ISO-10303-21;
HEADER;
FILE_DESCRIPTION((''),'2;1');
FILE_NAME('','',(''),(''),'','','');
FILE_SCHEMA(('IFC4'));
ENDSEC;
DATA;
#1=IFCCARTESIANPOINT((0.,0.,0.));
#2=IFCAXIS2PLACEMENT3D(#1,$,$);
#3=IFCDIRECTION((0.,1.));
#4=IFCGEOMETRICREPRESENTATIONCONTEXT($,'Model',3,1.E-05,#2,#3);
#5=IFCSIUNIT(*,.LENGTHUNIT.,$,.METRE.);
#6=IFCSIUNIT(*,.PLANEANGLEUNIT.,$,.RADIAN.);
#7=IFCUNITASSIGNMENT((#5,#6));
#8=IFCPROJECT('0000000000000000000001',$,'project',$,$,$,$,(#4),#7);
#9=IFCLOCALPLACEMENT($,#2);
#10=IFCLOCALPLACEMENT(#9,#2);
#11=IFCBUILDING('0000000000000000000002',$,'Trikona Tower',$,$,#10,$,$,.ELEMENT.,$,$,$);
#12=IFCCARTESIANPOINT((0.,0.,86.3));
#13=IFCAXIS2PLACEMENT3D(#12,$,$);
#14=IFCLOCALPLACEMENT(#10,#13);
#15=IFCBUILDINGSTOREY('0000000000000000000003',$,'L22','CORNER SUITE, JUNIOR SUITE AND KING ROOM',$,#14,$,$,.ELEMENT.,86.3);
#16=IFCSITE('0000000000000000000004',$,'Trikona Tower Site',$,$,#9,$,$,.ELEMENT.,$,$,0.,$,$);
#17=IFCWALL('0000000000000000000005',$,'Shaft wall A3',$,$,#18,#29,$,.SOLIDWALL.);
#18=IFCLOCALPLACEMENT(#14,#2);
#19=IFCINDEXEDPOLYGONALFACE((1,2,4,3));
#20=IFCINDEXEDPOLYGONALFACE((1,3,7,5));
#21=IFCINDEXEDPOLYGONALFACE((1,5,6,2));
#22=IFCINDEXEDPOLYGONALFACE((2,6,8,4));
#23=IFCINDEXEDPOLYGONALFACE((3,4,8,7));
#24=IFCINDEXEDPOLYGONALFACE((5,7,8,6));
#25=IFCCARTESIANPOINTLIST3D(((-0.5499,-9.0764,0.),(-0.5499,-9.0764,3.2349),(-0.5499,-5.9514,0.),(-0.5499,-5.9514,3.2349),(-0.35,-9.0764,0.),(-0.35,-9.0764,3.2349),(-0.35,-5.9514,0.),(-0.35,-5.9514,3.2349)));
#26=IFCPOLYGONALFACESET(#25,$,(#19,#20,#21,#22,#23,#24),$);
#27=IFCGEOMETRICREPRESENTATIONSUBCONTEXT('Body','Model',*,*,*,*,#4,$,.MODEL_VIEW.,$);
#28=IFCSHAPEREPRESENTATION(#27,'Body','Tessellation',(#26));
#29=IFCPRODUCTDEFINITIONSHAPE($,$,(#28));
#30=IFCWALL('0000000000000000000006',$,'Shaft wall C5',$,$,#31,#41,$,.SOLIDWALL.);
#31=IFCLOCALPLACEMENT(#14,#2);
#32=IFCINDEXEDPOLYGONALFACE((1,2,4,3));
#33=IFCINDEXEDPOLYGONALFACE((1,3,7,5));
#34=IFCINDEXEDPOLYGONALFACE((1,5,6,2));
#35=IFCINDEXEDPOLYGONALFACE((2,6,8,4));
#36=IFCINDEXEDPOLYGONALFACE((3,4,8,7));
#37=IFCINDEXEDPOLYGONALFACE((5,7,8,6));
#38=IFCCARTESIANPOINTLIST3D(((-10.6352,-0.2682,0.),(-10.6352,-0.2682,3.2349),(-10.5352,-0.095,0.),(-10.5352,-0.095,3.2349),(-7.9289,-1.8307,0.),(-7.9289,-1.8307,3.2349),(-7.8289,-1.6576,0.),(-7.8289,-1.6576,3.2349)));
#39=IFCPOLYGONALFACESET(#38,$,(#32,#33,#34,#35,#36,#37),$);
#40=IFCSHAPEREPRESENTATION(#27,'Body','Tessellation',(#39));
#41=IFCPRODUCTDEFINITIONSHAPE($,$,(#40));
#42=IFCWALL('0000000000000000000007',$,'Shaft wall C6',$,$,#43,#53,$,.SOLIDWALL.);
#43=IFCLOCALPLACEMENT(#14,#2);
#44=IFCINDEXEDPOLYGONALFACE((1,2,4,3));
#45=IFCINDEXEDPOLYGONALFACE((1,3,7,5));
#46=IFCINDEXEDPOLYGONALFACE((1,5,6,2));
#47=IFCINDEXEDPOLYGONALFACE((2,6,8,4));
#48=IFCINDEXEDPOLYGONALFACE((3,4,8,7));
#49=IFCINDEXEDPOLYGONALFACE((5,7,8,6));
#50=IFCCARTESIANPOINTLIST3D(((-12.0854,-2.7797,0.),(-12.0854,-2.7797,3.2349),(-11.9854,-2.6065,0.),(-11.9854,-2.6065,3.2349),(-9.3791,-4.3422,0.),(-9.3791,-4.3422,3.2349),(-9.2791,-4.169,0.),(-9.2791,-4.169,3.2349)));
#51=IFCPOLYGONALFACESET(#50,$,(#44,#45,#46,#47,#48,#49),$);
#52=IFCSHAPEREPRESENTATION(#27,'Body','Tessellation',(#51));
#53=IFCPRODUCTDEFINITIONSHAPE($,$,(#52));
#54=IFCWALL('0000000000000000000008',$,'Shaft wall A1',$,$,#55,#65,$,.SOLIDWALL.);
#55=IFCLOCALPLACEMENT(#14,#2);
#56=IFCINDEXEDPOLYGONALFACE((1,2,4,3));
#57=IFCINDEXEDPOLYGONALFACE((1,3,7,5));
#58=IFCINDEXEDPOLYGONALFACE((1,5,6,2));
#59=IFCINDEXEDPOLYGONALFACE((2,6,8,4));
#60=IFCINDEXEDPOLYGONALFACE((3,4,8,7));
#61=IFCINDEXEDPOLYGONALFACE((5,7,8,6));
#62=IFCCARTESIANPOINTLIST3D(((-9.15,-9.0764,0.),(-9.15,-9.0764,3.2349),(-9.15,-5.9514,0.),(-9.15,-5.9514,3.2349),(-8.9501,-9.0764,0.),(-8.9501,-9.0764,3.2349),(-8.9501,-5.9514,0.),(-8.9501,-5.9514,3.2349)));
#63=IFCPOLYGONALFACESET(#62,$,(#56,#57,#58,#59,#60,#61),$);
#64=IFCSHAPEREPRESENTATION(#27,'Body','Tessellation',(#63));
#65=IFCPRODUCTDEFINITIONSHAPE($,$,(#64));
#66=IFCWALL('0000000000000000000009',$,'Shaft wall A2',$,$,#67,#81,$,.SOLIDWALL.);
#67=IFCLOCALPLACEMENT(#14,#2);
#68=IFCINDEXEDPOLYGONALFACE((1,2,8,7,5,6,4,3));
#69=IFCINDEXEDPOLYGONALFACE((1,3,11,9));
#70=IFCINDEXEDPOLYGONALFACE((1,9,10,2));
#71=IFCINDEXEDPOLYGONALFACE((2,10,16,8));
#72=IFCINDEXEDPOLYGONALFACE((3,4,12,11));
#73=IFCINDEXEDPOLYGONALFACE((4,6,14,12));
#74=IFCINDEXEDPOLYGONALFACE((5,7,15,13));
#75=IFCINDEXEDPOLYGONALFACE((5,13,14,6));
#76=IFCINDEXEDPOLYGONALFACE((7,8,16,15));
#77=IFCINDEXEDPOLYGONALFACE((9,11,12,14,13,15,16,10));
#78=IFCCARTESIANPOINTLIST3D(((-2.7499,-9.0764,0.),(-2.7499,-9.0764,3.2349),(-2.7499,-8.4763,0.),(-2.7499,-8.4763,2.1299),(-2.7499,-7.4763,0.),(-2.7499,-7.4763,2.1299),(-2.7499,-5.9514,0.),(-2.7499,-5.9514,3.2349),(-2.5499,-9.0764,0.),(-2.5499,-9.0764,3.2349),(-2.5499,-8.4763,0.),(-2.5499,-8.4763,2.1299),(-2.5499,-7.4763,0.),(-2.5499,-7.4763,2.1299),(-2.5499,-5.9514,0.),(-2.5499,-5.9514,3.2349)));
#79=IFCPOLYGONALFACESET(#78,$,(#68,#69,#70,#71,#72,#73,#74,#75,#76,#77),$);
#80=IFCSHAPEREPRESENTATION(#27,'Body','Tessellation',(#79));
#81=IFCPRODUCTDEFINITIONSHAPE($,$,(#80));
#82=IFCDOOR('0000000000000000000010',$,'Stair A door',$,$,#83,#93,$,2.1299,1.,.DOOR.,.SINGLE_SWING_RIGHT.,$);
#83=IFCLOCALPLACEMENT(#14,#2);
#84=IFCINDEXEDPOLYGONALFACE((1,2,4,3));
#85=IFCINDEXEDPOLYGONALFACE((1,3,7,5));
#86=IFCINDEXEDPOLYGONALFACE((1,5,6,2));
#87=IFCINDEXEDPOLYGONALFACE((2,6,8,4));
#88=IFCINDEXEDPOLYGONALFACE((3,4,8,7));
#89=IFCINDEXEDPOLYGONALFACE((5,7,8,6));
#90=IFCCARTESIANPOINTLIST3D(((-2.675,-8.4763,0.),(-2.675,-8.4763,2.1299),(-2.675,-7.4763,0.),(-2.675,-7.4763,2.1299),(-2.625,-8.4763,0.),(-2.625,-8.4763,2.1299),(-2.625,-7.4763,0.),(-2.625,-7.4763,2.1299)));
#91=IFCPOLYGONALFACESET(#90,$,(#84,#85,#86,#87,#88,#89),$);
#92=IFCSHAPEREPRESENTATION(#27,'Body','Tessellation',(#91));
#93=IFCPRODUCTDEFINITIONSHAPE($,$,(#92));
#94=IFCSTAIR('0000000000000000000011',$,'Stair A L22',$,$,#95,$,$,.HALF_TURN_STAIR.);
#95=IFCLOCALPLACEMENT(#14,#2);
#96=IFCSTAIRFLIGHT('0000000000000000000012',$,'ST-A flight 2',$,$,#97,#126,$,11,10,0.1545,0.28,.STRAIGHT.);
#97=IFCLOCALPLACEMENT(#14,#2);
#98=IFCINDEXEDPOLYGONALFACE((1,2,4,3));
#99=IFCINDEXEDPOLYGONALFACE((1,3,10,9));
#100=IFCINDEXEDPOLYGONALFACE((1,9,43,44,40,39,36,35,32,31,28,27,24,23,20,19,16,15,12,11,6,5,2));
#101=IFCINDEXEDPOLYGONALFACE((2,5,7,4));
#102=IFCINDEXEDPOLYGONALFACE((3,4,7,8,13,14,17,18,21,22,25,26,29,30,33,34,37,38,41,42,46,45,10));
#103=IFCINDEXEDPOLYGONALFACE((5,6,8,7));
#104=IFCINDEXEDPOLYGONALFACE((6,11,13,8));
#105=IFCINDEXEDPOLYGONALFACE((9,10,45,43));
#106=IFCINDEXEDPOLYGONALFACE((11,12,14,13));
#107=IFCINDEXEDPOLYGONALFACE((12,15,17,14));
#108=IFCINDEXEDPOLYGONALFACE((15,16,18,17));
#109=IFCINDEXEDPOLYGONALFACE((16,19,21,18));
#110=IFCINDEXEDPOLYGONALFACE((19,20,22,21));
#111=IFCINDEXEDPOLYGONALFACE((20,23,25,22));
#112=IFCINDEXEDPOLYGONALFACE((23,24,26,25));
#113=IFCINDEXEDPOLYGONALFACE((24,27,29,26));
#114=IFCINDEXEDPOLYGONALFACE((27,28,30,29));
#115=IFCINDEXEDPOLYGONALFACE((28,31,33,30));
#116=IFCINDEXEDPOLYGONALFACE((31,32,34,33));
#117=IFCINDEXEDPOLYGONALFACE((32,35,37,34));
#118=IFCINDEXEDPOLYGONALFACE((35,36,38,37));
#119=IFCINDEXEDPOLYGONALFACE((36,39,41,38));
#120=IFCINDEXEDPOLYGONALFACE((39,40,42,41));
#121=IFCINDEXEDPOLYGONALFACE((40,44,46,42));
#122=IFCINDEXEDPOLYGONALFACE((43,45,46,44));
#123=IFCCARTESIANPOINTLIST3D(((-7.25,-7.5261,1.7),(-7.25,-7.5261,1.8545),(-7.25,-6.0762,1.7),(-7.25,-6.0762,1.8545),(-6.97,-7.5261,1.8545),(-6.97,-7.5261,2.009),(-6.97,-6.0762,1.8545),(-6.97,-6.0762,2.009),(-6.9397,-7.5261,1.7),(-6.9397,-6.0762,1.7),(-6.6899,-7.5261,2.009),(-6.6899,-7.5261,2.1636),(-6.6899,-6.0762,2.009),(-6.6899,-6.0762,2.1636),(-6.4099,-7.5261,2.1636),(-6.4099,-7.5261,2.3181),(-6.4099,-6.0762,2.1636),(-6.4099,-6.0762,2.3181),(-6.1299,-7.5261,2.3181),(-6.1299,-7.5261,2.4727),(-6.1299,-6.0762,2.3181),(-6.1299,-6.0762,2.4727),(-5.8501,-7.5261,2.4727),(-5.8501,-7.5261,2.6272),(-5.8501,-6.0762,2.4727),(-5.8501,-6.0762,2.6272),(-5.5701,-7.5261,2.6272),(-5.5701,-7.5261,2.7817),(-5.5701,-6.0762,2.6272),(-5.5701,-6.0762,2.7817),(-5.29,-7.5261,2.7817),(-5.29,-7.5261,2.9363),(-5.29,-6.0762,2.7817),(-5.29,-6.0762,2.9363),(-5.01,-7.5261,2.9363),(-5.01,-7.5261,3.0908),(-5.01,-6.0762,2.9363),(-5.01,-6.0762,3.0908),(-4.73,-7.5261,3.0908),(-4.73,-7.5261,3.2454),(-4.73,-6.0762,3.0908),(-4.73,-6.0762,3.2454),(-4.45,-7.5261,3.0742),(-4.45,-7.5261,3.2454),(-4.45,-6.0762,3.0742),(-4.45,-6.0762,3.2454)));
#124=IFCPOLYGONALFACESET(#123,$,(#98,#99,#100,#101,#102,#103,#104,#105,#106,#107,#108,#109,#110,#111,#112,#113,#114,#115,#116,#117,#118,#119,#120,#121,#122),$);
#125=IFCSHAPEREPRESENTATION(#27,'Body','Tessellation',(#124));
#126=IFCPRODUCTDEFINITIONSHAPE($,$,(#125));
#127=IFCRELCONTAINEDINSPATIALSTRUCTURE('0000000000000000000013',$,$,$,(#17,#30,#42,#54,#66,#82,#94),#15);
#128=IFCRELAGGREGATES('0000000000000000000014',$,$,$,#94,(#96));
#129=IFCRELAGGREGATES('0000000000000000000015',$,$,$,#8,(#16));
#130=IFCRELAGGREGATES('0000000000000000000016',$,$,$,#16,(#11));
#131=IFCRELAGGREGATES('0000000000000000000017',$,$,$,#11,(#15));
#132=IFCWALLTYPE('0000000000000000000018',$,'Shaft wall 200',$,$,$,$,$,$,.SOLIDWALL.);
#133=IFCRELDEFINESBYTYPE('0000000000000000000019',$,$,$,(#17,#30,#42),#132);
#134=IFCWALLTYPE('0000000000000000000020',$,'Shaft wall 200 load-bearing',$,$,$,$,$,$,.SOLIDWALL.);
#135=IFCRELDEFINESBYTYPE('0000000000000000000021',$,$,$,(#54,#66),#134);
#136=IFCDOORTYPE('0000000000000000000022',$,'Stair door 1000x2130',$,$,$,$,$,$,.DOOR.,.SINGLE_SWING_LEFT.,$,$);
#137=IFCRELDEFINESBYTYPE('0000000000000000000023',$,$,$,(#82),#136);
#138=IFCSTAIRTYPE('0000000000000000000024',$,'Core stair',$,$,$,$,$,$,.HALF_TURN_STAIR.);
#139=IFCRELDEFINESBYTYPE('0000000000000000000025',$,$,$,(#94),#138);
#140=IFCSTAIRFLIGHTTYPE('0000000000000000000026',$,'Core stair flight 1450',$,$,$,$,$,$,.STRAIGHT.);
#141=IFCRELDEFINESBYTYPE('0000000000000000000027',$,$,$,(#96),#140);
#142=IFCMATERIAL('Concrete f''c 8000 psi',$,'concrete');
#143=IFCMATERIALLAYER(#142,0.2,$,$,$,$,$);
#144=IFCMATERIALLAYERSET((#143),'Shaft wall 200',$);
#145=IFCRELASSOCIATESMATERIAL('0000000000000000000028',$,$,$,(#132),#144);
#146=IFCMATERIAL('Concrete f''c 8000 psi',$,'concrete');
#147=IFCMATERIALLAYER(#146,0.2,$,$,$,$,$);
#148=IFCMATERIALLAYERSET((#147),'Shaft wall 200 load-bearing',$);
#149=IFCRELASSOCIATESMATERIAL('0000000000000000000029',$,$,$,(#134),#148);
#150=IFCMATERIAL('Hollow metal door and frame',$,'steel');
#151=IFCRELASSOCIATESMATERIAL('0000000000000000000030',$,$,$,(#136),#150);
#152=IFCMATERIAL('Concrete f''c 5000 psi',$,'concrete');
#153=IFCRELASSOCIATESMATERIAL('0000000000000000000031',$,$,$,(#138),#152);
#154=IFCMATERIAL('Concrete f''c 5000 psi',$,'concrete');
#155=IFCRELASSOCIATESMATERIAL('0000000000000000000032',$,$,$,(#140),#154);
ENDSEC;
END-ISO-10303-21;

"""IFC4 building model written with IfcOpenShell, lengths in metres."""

from ifc_helpers import new_model, si_unit, direction, frame, frame_2d, origin, place, context, subcontext, project, spatial, polyline, rectangle, outline, extrude, material, layer, layer_set, type_object, element, fill, aggregate, save


model = new_model("IFC4")

# Units and contexts
model_context = context("Model", 3, precision=1e-05, world=origin(), true_north=direction((0.0, 1.0)))
body_context = subcontext(model_context, "Body", "Model", "MODEL_VIEW")
ifc_project = project(units=[si_unit("LENGTHUNIT", "METRE"), si_unit("PLANEANGLEUNIT", "RADIAN")], contexts=[model_context])

# Site, building, storey
site_placement = place(None, origin())
site = spatial("IfcSite", under=ifc_project, at=site_placement, Name="Trikona Tower Site", CompositionType="ELEMENT", RefElevation=0.0)
building_placement = place(site_placement, origin())
building = spatial("IfcBuilding", under=site, at=building_placement, Name="Trikona Tower", CompositionType="ELEMENT")
storey_placement = place(building_placement, frame((0.0, 0.0, 86.3)))
storey = spatial("IfcBuildingStorey", under=building, at=storey_placement, Name="L22", Description="CORNER SUITE, JUNIOR SUITE AND KING ROOM", CompositionType="ELEMENT", Elevation=86.3)

# Walls
ifc_material_1 = material(Name="Concrete f'c 8000 psi", Category="concrete")
ifc_layer_1 = layer(ifc_material_1, 0.2)
ifc_layer_set_1 = layer_set([ifc_layer_1], Name="Shaft wall 200")
wall_type_1 = type_object("IfcWallType", Name="Shaft wall 200", PredefinedType="SOLIDWALL", material=ifc_layer_set_1)
for number, where, z_axis, x_axis, name in (
    (1, (-0.45, -5.9514, 0.0), (0.0, 0.0, 1.0), (0.0, -1.0, 0.0), "Shaft wall A3"),
    (2, (-7.8789, -1.7441, 0.0), (0.0, 0.0, 1.0), (-0.866023, 0.500004, 0.0), "Shaft wall C5"),
    (3, (-9.3291, -4.2556, 0.0), (0.0, 0.0, 1.0), (-0.866023, 0.500004, 0.0), "Shaft wall C6"),
):
    element("IfcWall", number, at=place(storey_placement, frame(where, z_axis=z_axis, x_axis=x_axis)), inside=storey, type_object=wall_type_1, Name=name, PredefinedType="SOLIDWALL", context=body_context, shape_type="SweptSolid", body=[
        extrude(rectangle(XDim=3.125, YDim=0.2, at=frame_2d((1.5625, 0.0))), origin(), (0.0, 0.0, 1.0), 3.2349),
    ])
ifc_material_2 = material(Name="Concrete f'c 8000 psi", Category="concrete")
ifc_layer_2 = layer(ifc_material_2, 0.2)
ifc_layer_set_2 = layer_set([ifc_layer_2], Name="Shaft wall 200 load-bearing")
wall_type_2 = type_object("IfcWallType", Name="Shaft wall 200 load-bearing", PredefinedType="SOLIDWALL", material=ifc_layer_set_2)
wall_1_placement = place(storey_placement, frame((-9.05, -5.9514, 0.0), z_axis=(0.0, 0.0, 1.0), x_axis=(0.0, -1.0, 0.0)))
element("IfcWall", 4, at=wall_1_placement, inside=storey, type_object=wall_type_2, Name="Shaft wall A1", PredefinedType="SOLIDWALL", context=body_context, shape_type="SweptSolid", body=[
    extrude(rectangle(XDim=3.125, YDim=0.2, at=frame_2d((1.5625, 0.0))), origin(), (0.0, 0.0, 1.0), 3.2349),
])

# Wall, opening, door
wall_2_placement = place(storey_placement, frame((-2.6499, -5.9514, 0.0), z_axis=(0.0, 0.0, 1.0), x_axis=(0.0, -1.0, 0.0)))
wall_2 = element("IfcWall", 5, at=wall_2_placement, inside=storey, type_object=wall_type_2, Name="Shaft wall A2", PredefinedType="SOLIDWALL", context=body_context, shape_type="SweptSolid", body=[
    extrude(rectangle(XDim=3.125, YDim=0.2, at=frame_2d((1.5625, 0.0))), origin(), (0.0, 0.0, 1.0), 3.2349),
])
opening_1_placement = place(wall_2_placement, frame((1.5249, 0.0, 0.0)))
opening_1 = element("IfcOpeningElement", 6, at=opening_1_placement, cuts=wall_2, PredefinedType="OPENING", context=body_context, shape_type="SweptSolid", body=[
    extrude(rectangle(XDim=1.0, YDim=2.1299, at=frame_2d((0.5, 1.0649))), frame((0.0, 0.1099, 0.0), z_axis=(0.0, -1.0, 0.0), x_axis=(1.0, 0.0, 0.0)), (0.0, 0.0, 1.0), 0.22),
])
ifc_material_3 = material(Name="Hollow metal door and frame", Category="steel")
door_type_1 = type_object("IfcDoorType", Name="Stair door 1000x2130", OperationType="SINGLE_SWING_LEFT", PredefinedType="DOOR", material=ifc_material_3)
door_1_placement = place(opening_1_placement, origin())
door_1 = element("IfcDoor", 7, at=door_1_placement, inside=storey, type_object=door_type_1, Name="Stair A door", OperationType="SINGLE_SWING_RIGHT", OverallHeight=2.1299, OverallWidth=1.0, PredefinedType="DOOR", context=body_context, shape_type="SweptSolid", body=[
    extrude(rectangle(XDim=1.0, YDim=2.1299, at=frame_2d((0.5, 1.0649))), frame((0.0, 0.0249, 0.0), z_axis=(0.0, -1.0, 0.0), x_axis=(1.0, 0.0, 0.0)), (0.0, 0.0, 1.0), 0.05),
])
fill(opening_1, door_1)

# Stair, stair flight
ifc_material_4 = material(Name="Concrete f'c 5000 psi", Category="concrete")
stair_type = type_object("IfcStairType", Name="Core stair", PredefinedType="HALF_TURN_STAIR", material=ifc_material_4)
stair_placement = place(storey_placement, origin())
stair = element("IfcStair", 8, at=stair_placement, inside=storey, type_object=stair_type, Name="Stair A L22", PredefinedType="HALF_TURN_STAIR")
ifc_material_5 = material(Name="Concrete f'c 5000 psi", Category="concrete")
stair_flight_type = type_object("IfcStairFlightType", Name="Core stair flight 1450", PredefinedType="STRAIGHT", material=ifc_material_5)
stair_flight_placement = place(storey_placement, frame((-7.25, -6.8013, 1.7), z_axis=(0.0, 0.0, 1.0), x_axis=(1.0, 0.0, 0.0)))
stair_flight = element("IfcStairFlight", 9, at=stair_flight_placement, type_object=stair_flight_type, Name="ST-A flight 2", NumberOfRisers=11, NumberOfTreads=10, PredefinedType="STRAIGHT", RiserHeight=0.1545, TreadLength=0.28, context=body_context, shape_type="SweptSolid", body=[
    extrude(outline(polyline([(0.0, 0.0), (0.0, 0.1545), (0.28, 0.1545), (0.28, 0.3091), (0.5601, 0.3091), (0.5601, 0.4636), (0.8401, 0.4636), (0.8401, 0.6182), (1.1201, 0.6182), (1.1201, 0.7727), (1.3999, 0.7727), (1.3999, 0.9272), (1.6799, 0.9272), (1.6799, 1.0818), (1.96, 1.0818), (1.96, 1.2363), (2.24, 1.2363), (2.24, 1.3909), (2.52, 1.3909), (2.52, 1.5454), (2.8, 1.5454), (2.8, 1.7), (2.8, 1.3743), (0.3103, 0.0), (0.0, 0.0)])), frame((0.0, 0.7251, 0.0), z_axis=(0.0, -1.0, 0.0), x_axis=(1.0, 0.0, 0.0)), (0.0, 0.0, 1.0), 1.45),
])
aggregate(stair, [stair_flight])

save(model, "model.ifc")
